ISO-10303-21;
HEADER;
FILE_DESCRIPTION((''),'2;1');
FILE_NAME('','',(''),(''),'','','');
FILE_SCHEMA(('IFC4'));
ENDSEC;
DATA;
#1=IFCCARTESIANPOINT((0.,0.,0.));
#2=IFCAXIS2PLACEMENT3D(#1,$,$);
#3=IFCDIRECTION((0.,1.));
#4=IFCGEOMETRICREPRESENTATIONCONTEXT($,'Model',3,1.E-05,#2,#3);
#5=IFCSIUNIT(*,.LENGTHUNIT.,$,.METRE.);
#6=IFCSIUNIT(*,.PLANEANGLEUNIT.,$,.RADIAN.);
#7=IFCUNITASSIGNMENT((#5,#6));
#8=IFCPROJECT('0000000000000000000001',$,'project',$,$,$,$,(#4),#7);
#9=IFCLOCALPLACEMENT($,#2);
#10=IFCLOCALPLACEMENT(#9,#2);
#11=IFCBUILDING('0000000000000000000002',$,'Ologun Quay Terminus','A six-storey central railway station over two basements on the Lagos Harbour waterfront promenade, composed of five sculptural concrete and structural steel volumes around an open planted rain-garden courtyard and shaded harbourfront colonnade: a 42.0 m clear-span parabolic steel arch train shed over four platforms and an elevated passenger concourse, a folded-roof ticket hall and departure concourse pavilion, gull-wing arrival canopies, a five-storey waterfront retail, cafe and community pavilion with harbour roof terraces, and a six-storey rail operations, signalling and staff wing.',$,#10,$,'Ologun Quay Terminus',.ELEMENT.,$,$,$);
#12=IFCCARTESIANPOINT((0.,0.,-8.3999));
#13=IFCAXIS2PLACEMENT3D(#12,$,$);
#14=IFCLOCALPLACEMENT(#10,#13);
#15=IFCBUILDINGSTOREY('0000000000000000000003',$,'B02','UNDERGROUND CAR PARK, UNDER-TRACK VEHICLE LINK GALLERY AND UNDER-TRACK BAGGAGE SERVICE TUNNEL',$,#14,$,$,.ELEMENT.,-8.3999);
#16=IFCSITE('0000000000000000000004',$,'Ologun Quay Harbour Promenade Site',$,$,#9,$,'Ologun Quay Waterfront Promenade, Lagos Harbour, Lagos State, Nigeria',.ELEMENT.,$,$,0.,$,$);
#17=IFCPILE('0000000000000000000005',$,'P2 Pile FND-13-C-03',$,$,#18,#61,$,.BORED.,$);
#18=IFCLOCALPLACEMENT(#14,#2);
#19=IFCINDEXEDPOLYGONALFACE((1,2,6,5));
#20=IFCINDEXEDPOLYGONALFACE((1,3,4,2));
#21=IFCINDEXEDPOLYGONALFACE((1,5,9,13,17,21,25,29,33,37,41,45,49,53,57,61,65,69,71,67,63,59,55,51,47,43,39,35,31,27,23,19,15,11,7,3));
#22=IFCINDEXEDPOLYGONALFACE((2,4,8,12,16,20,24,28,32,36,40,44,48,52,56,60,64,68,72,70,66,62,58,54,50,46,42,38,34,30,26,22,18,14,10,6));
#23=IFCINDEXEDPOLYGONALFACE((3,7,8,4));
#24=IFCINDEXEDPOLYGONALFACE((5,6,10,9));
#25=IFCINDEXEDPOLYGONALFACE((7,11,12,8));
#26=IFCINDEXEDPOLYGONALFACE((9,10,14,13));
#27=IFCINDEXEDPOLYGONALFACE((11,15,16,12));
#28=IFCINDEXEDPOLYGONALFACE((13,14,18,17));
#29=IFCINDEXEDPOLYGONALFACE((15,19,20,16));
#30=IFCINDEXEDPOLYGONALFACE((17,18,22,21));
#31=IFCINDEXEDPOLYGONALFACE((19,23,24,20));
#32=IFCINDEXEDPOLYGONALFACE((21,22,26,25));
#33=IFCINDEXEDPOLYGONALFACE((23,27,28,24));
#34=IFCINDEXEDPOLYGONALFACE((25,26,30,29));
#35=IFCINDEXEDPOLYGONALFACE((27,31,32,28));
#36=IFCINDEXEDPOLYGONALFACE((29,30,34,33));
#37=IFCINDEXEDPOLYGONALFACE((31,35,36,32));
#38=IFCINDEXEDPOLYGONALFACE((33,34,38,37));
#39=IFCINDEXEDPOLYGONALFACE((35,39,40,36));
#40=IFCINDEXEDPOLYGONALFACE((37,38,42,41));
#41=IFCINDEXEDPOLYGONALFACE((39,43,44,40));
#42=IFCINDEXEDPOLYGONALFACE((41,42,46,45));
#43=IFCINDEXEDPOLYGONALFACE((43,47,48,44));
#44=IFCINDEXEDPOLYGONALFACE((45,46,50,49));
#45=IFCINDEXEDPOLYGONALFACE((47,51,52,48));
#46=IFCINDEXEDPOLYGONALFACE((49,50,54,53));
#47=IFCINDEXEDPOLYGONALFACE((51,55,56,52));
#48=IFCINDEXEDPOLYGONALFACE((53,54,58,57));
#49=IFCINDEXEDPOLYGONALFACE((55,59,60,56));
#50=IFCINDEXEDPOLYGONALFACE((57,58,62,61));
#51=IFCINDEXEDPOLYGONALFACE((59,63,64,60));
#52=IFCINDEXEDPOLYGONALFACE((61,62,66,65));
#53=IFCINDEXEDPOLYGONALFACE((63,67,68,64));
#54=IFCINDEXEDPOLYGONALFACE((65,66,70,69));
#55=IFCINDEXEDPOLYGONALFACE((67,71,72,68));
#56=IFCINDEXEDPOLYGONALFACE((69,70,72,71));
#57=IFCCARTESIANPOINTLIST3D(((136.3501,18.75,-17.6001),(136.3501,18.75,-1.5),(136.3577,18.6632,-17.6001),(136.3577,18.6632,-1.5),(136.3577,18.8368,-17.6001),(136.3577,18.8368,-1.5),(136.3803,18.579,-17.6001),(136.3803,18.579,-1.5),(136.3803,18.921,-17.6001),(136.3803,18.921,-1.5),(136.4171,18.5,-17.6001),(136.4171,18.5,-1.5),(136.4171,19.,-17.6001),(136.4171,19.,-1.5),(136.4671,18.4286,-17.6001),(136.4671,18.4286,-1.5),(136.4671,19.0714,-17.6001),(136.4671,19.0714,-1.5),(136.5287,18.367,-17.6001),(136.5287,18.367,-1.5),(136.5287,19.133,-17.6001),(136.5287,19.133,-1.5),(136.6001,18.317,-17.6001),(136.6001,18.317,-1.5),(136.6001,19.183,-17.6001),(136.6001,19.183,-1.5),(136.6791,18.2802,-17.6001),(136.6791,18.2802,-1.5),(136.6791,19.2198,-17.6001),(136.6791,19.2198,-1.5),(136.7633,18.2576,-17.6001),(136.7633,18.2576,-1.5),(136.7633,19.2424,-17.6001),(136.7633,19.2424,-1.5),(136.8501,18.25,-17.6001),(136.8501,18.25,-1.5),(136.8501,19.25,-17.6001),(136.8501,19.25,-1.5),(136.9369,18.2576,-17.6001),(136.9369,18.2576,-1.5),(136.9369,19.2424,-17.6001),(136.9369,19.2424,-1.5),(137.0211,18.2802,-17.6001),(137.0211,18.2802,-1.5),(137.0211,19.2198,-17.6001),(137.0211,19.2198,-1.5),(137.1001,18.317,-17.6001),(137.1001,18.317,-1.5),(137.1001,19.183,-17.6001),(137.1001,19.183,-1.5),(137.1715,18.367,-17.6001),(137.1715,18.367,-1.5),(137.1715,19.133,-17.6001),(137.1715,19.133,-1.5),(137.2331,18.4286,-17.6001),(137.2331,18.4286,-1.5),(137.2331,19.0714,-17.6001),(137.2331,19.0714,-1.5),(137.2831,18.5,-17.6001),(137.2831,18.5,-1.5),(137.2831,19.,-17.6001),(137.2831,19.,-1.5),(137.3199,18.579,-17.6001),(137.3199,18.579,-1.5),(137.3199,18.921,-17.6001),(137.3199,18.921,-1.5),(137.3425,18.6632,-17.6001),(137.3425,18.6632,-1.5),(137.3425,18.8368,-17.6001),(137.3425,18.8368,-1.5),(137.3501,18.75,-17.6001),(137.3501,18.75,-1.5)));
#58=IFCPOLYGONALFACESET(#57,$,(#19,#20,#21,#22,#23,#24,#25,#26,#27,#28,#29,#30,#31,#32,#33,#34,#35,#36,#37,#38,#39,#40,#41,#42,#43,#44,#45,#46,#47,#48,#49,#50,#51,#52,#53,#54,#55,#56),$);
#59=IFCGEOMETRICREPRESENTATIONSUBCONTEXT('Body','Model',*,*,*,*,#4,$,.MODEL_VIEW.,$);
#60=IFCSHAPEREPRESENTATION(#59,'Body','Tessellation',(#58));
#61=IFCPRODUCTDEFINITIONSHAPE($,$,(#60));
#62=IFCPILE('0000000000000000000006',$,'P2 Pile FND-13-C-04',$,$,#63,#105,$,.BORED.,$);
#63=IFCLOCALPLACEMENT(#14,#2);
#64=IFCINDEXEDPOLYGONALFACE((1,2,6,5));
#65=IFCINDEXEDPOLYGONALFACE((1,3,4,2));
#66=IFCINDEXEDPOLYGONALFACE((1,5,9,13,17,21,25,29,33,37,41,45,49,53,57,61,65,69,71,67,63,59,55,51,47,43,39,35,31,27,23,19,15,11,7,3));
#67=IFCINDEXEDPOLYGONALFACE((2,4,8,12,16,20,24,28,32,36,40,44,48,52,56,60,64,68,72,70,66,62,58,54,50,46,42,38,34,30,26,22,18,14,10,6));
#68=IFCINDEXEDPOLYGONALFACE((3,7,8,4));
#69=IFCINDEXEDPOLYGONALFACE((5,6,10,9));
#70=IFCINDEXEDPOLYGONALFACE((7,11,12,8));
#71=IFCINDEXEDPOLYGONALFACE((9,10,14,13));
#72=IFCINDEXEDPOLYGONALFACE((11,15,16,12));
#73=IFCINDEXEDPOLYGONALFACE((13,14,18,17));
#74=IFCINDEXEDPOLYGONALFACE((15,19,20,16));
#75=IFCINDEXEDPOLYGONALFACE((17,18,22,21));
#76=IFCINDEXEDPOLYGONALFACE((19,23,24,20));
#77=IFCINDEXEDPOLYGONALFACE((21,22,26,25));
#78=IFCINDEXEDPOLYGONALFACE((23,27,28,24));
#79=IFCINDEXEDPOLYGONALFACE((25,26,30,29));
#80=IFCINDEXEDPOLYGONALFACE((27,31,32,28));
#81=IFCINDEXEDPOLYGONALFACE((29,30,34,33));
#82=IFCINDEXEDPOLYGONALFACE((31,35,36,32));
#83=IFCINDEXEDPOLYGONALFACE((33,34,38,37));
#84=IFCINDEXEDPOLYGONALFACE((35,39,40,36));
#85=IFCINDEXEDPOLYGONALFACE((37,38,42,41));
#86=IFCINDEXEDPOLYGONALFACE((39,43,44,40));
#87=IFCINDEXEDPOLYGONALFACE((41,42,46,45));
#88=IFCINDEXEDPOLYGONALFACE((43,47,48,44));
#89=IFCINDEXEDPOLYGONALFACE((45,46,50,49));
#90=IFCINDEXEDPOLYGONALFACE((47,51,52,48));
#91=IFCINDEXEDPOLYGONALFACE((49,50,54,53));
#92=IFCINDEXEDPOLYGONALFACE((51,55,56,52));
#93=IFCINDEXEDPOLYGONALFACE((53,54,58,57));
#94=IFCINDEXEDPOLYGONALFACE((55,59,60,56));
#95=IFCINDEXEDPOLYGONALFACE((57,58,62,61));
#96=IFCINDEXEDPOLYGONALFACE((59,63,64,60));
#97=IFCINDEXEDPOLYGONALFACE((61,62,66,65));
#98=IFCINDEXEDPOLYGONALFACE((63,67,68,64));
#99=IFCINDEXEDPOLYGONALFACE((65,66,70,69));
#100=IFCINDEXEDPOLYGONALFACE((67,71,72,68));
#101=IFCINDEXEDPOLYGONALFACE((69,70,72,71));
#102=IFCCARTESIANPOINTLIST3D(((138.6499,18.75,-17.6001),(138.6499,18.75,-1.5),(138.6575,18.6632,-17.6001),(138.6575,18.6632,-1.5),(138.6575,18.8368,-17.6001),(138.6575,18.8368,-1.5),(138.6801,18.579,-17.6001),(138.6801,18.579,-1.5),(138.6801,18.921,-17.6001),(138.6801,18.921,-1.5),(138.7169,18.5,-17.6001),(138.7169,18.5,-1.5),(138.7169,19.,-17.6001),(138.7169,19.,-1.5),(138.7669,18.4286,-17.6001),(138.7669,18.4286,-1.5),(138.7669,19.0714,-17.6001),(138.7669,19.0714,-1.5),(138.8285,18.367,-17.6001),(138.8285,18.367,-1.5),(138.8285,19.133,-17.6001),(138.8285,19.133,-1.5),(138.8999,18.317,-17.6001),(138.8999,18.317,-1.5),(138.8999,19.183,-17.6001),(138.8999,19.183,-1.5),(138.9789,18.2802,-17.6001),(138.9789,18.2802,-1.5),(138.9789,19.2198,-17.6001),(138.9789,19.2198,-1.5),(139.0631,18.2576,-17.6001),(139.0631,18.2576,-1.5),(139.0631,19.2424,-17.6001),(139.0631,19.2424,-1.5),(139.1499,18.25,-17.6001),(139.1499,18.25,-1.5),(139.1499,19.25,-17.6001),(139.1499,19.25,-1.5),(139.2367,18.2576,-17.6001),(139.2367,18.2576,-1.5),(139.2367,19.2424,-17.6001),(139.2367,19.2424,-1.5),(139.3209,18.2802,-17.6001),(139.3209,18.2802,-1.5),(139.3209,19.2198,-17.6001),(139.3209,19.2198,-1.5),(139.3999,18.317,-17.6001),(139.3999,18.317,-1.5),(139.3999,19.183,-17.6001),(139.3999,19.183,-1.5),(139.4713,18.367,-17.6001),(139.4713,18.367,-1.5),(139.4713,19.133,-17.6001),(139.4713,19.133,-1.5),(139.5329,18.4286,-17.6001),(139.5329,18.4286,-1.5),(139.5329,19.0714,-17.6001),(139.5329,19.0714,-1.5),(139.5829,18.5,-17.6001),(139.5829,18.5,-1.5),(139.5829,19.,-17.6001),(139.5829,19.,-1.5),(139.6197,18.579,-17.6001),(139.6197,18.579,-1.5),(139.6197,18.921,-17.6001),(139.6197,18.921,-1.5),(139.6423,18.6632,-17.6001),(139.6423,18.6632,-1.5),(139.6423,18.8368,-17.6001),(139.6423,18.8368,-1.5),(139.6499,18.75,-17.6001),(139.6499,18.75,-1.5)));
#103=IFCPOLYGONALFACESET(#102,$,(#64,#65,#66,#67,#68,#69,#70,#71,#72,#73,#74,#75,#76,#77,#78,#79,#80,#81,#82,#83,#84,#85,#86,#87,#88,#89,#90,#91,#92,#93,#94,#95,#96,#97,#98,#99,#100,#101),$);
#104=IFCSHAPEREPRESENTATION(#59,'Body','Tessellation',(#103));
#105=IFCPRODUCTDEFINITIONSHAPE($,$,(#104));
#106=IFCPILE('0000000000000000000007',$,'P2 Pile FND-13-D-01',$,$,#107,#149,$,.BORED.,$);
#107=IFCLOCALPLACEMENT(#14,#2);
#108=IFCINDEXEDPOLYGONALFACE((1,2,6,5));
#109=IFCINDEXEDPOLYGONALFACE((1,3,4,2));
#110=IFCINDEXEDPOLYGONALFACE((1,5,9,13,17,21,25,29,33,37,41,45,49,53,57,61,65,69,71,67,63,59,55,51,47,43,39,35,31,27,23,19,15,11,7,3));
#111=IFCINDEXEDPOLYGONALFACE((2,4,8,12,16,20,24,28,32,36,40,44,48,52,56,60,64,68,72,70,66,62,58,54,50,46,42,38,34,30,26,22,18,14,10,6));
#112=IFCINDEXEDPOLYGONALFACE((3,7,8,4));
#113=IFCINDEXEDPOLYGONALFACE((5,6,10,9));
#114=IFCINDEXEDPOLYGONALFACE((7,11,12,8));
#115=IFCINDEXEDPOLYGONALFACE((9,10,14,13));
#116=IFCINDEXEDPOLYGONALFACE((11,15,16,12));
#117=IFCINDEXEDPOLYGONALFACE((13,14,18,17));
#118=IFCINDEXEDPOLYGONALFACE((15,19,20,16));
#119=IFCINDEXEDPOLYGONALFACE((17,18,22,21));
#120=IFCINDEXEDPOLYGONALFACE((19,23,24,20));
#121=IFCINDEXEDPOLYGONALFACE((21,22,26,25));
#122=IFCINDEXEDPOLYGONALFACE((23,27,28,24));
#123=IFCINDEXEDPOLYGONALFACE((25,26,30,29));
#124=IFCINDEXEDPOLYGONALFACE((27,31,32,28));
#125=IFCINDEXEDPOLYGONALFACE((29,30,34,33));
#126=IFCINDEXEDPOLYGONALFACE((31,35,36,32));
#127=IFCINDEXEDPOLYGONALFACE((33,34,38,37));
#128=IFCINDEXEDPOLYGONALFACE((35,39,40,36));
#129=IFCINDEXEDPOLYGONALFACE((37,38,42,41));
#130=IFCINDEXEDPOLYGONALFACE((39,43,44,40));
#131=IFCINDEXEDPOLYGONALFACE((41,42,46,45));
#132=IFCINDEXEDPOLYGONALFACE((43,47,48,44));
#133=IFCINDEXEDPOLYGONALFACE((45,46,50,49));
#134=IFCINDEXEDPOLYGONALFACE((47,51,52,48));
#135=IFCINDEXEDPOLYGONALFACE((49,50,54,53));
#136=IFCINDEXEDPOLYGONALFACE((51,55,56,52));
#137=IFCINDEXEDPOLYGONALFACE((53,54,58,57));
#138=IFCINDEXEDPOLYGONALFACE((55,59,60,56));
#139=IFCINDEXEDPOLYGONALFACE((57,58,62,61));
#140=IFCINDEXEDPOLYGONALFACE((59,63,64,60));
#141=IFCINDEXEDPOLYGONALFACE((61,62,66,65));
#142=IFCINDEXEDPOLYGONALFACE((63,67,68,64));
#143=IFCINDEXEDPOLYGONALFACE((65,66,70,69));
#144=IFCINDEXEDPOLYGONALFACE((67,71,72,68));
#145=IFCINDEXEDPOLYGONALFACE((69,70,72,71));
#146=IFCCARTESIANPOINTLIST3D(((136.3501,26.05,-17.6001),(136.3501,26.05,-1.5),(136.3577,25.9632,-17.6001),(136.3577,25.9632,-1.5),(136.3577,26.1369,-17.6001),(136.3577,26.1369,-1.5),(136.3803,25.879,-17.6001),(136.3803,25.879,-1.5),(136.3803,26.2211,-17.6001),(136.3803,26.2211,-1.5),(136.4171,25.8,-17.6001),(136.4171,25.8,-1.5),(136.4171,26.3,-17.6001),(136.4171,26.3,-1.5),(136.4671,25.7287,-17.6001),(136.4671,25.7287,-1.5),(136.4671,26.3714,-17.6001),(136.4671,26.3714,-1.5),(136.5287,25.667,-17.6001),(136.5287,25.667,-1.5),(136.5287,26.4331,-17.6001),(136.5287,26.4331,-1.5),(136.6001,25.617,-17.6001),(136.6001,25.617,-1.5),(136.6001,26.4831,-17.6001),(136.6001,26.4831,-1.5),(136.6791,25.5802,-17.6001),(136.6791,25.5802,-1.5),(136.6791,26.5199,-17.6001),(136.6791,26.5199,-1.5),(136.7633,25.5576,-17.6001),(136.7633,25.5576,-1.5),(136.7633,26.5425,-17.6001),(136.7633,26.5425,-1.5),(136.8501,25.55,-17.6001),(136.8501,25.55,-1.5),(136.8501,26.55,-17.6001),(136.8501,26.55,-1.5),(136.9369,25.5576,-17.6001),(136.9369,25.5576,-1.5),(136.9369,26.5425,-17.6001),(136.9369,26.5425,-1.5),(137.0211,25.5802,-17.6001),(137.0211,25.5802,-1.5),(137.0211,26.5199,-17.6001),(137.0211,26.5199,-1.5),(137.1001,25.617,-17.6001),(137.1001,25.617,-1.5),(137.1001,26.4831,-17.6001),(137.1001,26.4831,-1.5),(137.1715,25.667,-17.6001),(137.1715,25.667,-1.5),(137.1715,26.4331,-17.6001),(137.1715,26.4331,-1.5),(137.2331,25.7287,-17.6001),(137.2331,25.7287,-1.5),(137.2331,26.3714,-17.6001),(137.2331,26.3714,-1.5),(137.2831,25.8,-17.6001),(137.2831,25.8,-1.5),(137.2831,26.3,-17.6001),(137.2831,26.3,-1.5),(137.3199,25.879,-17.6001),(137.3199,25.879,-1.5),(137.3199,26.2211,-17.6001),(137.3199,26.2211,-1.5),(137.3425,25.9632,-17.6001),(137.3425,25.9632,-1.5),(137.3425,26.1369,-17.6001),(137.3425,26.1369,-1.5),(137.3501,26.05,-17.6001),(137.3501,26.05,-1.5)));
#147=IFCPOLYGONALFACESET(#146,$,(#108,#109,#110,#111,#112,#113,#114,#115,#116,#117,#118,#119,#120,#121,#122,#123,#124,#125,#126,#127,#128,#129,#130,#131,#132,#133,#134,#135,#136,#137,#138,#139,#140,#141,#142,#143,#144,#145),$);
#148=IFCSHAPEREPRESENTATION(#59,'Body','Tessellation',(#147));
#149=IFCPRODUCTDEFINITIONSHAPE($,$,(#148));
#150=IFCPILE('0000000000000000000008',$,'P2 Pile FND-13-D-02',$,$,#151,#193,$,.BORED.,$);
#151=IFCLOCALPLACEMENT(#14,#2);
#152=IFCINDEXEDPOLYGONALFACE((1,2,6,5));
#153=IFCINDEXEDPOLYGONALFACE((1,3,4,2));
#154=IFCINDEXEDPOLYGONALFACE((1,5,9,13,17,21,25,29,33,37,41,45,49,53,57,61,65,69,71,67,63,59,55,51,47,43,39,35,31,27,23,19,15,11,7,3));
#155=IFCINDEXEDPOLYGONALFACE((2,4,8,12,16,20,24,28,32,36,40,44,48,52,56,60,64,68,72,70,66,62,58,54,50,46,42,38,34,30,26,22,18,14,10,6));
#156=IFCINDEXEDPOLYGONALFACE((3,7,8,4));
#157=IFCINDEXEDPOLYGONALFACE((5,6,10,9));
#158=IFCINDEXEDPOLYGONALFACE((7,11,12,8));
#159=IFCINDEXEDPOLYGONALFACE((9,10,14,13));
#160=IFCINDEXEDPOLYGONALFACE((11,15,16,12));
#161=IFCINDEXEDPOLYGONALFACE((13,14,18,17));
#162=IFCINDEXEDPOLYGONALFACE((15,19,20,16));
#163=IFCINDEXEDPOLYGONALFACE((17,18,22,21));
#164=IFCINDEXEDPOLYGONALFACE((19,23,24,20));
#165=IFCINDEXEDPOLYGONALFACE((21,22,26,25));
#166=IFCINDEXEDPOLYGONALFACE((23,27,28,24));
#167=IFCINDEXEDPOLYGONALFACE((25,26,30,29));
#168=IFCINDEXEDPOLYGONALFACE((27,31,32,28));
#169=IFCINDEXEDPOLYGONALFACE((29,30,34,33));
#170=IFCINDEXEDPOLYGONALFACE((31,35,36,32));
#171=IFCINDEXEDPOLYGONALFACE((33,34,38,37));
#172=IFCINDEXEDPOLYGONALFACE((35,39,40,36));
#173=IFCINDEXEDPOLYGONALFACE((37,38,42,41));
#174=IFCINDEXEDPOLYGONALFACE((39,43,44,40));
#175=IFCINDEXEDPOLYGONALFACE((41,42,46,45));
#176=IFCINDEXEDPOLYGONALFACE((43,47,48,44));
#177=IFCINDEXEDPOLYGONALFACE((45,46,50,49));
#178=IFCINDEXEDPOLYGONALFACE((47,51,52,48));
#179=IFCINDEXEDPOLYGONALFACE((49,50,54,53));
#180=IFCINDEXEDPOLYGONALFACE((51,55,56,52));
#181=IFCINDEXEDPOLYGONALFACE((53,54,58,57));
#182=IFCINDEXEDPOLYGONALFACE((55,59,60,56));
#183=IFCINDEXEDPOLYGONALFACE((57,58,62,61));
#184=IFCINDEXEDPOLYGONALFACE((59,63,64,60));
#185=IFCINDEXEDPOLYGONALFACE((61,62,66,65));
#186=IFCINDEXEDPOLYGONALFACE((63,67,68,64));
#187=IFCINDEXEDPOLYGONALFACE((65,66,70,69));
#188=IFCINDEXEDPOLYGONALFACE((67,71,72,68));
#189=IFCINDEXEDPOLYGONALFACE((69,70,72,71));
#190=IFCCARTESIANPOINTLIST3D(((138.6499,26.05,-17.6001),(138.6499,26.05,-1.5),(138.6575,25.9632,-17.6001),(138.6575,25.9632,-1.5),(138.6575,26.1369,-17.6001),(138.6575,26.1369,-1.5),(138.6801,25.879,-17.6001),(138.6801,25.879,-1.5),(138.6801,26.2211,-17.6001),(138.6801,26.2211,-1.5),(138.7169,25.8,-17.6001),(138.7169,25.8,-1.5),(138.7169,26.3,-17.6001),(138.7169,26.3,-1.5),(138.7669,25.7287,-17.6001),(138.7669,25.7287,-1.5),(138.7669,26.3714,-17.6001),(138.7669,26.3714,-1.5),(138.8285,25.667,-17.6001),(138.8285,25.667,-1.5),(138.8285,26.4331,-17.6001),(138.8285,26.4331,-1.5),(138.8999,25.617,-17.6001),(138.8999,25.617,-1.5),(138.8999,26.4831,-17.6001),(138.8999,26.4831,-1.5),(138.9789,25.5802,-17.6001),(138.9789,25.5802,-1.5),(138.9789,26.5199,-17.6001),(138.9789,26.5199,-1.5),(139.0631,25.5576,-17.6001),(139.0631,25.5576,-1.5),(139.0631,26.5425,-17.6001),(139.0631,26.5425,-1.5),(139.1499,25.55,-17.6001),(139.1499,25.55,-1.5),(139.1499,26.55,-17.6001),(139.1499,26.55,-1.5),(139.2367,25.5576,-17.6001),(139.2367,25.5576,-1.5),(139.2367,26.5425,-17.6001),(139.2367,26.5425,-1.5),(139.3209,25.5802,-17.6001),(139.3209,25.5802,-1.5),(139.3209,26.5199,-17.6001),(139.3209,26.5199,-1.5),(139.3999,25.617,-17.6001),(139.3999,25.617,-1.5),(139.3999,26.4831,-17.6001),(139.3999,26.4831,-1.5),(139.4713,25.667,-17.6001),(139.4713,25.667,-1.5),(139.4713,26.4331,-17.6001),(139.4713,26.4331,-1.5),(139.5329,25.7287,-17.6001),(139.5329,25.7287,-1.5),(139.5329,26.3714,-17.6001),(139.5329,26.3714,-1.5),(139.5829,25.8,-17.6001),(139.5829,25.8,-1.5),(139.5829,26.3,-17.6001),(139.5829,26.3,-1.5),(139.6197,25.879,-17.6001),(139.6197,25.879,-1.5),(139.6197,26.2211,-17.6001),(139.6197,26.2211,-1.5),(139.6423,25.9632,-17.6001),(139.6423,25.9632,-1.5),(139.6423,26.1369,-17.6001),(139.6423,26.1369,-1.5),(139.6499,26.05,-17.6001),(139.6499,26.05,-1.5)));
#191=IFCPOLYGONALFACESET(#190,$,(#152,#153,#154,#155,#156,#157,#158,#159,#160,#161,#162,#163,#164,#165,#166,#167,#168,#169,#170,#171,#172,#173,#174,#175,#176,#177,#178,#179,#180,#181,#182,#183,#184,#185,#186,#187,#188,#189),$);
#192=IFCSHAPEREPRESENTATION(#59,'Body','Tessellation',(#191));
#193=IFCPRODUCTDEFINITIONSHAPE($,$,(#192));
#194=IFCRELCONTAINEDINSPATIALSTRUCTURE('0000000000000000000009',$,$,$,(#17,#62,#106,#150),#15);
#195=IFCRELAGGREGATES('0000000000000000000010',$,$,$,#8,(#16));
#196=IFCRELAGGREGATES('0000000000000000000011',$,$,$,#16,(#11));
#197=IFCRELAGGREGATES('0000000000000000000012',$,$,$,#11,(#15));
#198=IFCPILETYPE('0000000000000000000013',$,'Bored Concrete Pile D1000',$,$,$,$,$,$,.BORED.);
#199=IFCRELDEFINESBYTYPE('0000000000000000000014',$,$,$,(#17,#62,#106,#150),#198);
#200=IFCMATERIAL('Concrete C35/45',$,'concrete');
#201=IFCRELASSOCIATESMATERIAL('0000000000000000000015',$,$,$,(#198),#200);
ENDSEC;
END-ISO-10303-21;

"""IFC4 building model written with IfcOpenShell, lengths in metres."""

from ifc_helpers import new_model, si_unit, direction, frame, origin, origin_2d, place, context, subcontext, project, spatial, circle, extrude, material, material_profile, profile_set, type_object, element, save


model = new_model("IFC4")

# Units and contexts
model_context = context("Model", 3, precision=1e-05, world=origin(), true_north=direction((0.0, 1.0)))
body_context = subcontext(model_context, "Body", "Model", "MODEL_VIEW")
ifc_project = project(units=[si_unit("LENGTHUNIT", "METRE"), si_unit("PLANEANGLEUNIT", "RADIAN")], contexts=[model_context])

# Site, building, storey
site_placement = place(None, origin())
site = spatial("IfcSite", under=ifc_project, at=site_placement, Name="Ologun Quay Harbour Promenade Site", LongName="Ologun Quay Waterfront Promenade, Lagos Harbour, Lagos State, Nigeria", CompositionType="ELEMENT", RefElevation=0.0)
building_placement = place(site_placement, origin())
building = spatial("IfcBuilding", under=site, at=building_placement, Name="Ologun Quay Terminus", Description="A six-storey central railway station over two basements on the Lagos Harbour waterfront promenade, composed of five sculptural concrete and structural steel volumes around an open planted rain-garden courtyard and shaded harbourfront colonnade: a 42.0 m clear-span parabolic steel arch train shed over four platforms and an elevated passenger concourse, a folded-roof ticket hall and departure concourse pavilion, gull-wing arrival canopies, a five-storey waterfront retail, cafe and community pavilion with harbour roof terraces, and a six-storey rail operations, signalling and staff wing.", LongName="Ologun Quay Terminus", CompositionType="ELEMENT")
storey_placement = place(building_placement, frame((0.0, 0.0, -8.3999)))
storey = spatial("IfcBuildingStorey", under=building, at=storey_placement, Name="B02", Description="UNDERGROUND CAR PARK, UNDER-TRACK VEHICLE LINK GALLERY AND UNDER-TRACK BAGGAGE SERVICE TUNNEL", CompositionType="ELEMENT", Elevation=-8.3999)

# Piles
ifc_material_1 = material(Name="Concrete C35/45", Category="concrete")
ifc_material_profile_1 = material_profile(ifc_material_1, circle(Radius=0.5, at=origin_2d()), Name="PILE D1000")
ifc_profile_set_1 = profile_set([ifc_material_profile_1], Name="Concrete C35/45")
pile_type_1 = type_object("IfcPileType", Name="Bored Concrete Pile D1000", PredefinedType="BORED", material=ifc_profile_set_1)
for number, where, z_axis, x_axis, name in (
    (1, (136.8501, 18.75, -1.5), (0.0, 0.0, -1.0), (1.0, 0.0, 0.0), "P2 Pile FND-13-C-03"),
    (2, (139.1499, 18.75, -1.5), (0.0, 0.0, -1.0), (1.0, 0.0, 0.0), "P2 Pile FND-13-C-04"),
    (3, (136.8501, 26.05, -1.5), (0.0, 0.0, -1.0), (1.0, 0.0, 0.0), "P2 Pile FND-13-D-01"),
    (4, (139.1499, 26.05, -1.5), (0.0, 0.0, -1.0), (1.0, 0.0, 0.0), "P2 Pile FND-13-D-02"),
):
    element("IfcPile", number, at=place(storey_placement, frame(where, z_axis=z_axis, x_axis=x_axis)), inside=storey, type_object=pile_type_1, Name=name, PredefinedType="BORED", context=body_context, shape_type="SweptSolid", body=[
        extrude(circle(Radius=0.5, at=origin_2d()), origin(), (0.0, 0.0, 1.0), 16.1001),
    ])

save(model, "model.ifc")
